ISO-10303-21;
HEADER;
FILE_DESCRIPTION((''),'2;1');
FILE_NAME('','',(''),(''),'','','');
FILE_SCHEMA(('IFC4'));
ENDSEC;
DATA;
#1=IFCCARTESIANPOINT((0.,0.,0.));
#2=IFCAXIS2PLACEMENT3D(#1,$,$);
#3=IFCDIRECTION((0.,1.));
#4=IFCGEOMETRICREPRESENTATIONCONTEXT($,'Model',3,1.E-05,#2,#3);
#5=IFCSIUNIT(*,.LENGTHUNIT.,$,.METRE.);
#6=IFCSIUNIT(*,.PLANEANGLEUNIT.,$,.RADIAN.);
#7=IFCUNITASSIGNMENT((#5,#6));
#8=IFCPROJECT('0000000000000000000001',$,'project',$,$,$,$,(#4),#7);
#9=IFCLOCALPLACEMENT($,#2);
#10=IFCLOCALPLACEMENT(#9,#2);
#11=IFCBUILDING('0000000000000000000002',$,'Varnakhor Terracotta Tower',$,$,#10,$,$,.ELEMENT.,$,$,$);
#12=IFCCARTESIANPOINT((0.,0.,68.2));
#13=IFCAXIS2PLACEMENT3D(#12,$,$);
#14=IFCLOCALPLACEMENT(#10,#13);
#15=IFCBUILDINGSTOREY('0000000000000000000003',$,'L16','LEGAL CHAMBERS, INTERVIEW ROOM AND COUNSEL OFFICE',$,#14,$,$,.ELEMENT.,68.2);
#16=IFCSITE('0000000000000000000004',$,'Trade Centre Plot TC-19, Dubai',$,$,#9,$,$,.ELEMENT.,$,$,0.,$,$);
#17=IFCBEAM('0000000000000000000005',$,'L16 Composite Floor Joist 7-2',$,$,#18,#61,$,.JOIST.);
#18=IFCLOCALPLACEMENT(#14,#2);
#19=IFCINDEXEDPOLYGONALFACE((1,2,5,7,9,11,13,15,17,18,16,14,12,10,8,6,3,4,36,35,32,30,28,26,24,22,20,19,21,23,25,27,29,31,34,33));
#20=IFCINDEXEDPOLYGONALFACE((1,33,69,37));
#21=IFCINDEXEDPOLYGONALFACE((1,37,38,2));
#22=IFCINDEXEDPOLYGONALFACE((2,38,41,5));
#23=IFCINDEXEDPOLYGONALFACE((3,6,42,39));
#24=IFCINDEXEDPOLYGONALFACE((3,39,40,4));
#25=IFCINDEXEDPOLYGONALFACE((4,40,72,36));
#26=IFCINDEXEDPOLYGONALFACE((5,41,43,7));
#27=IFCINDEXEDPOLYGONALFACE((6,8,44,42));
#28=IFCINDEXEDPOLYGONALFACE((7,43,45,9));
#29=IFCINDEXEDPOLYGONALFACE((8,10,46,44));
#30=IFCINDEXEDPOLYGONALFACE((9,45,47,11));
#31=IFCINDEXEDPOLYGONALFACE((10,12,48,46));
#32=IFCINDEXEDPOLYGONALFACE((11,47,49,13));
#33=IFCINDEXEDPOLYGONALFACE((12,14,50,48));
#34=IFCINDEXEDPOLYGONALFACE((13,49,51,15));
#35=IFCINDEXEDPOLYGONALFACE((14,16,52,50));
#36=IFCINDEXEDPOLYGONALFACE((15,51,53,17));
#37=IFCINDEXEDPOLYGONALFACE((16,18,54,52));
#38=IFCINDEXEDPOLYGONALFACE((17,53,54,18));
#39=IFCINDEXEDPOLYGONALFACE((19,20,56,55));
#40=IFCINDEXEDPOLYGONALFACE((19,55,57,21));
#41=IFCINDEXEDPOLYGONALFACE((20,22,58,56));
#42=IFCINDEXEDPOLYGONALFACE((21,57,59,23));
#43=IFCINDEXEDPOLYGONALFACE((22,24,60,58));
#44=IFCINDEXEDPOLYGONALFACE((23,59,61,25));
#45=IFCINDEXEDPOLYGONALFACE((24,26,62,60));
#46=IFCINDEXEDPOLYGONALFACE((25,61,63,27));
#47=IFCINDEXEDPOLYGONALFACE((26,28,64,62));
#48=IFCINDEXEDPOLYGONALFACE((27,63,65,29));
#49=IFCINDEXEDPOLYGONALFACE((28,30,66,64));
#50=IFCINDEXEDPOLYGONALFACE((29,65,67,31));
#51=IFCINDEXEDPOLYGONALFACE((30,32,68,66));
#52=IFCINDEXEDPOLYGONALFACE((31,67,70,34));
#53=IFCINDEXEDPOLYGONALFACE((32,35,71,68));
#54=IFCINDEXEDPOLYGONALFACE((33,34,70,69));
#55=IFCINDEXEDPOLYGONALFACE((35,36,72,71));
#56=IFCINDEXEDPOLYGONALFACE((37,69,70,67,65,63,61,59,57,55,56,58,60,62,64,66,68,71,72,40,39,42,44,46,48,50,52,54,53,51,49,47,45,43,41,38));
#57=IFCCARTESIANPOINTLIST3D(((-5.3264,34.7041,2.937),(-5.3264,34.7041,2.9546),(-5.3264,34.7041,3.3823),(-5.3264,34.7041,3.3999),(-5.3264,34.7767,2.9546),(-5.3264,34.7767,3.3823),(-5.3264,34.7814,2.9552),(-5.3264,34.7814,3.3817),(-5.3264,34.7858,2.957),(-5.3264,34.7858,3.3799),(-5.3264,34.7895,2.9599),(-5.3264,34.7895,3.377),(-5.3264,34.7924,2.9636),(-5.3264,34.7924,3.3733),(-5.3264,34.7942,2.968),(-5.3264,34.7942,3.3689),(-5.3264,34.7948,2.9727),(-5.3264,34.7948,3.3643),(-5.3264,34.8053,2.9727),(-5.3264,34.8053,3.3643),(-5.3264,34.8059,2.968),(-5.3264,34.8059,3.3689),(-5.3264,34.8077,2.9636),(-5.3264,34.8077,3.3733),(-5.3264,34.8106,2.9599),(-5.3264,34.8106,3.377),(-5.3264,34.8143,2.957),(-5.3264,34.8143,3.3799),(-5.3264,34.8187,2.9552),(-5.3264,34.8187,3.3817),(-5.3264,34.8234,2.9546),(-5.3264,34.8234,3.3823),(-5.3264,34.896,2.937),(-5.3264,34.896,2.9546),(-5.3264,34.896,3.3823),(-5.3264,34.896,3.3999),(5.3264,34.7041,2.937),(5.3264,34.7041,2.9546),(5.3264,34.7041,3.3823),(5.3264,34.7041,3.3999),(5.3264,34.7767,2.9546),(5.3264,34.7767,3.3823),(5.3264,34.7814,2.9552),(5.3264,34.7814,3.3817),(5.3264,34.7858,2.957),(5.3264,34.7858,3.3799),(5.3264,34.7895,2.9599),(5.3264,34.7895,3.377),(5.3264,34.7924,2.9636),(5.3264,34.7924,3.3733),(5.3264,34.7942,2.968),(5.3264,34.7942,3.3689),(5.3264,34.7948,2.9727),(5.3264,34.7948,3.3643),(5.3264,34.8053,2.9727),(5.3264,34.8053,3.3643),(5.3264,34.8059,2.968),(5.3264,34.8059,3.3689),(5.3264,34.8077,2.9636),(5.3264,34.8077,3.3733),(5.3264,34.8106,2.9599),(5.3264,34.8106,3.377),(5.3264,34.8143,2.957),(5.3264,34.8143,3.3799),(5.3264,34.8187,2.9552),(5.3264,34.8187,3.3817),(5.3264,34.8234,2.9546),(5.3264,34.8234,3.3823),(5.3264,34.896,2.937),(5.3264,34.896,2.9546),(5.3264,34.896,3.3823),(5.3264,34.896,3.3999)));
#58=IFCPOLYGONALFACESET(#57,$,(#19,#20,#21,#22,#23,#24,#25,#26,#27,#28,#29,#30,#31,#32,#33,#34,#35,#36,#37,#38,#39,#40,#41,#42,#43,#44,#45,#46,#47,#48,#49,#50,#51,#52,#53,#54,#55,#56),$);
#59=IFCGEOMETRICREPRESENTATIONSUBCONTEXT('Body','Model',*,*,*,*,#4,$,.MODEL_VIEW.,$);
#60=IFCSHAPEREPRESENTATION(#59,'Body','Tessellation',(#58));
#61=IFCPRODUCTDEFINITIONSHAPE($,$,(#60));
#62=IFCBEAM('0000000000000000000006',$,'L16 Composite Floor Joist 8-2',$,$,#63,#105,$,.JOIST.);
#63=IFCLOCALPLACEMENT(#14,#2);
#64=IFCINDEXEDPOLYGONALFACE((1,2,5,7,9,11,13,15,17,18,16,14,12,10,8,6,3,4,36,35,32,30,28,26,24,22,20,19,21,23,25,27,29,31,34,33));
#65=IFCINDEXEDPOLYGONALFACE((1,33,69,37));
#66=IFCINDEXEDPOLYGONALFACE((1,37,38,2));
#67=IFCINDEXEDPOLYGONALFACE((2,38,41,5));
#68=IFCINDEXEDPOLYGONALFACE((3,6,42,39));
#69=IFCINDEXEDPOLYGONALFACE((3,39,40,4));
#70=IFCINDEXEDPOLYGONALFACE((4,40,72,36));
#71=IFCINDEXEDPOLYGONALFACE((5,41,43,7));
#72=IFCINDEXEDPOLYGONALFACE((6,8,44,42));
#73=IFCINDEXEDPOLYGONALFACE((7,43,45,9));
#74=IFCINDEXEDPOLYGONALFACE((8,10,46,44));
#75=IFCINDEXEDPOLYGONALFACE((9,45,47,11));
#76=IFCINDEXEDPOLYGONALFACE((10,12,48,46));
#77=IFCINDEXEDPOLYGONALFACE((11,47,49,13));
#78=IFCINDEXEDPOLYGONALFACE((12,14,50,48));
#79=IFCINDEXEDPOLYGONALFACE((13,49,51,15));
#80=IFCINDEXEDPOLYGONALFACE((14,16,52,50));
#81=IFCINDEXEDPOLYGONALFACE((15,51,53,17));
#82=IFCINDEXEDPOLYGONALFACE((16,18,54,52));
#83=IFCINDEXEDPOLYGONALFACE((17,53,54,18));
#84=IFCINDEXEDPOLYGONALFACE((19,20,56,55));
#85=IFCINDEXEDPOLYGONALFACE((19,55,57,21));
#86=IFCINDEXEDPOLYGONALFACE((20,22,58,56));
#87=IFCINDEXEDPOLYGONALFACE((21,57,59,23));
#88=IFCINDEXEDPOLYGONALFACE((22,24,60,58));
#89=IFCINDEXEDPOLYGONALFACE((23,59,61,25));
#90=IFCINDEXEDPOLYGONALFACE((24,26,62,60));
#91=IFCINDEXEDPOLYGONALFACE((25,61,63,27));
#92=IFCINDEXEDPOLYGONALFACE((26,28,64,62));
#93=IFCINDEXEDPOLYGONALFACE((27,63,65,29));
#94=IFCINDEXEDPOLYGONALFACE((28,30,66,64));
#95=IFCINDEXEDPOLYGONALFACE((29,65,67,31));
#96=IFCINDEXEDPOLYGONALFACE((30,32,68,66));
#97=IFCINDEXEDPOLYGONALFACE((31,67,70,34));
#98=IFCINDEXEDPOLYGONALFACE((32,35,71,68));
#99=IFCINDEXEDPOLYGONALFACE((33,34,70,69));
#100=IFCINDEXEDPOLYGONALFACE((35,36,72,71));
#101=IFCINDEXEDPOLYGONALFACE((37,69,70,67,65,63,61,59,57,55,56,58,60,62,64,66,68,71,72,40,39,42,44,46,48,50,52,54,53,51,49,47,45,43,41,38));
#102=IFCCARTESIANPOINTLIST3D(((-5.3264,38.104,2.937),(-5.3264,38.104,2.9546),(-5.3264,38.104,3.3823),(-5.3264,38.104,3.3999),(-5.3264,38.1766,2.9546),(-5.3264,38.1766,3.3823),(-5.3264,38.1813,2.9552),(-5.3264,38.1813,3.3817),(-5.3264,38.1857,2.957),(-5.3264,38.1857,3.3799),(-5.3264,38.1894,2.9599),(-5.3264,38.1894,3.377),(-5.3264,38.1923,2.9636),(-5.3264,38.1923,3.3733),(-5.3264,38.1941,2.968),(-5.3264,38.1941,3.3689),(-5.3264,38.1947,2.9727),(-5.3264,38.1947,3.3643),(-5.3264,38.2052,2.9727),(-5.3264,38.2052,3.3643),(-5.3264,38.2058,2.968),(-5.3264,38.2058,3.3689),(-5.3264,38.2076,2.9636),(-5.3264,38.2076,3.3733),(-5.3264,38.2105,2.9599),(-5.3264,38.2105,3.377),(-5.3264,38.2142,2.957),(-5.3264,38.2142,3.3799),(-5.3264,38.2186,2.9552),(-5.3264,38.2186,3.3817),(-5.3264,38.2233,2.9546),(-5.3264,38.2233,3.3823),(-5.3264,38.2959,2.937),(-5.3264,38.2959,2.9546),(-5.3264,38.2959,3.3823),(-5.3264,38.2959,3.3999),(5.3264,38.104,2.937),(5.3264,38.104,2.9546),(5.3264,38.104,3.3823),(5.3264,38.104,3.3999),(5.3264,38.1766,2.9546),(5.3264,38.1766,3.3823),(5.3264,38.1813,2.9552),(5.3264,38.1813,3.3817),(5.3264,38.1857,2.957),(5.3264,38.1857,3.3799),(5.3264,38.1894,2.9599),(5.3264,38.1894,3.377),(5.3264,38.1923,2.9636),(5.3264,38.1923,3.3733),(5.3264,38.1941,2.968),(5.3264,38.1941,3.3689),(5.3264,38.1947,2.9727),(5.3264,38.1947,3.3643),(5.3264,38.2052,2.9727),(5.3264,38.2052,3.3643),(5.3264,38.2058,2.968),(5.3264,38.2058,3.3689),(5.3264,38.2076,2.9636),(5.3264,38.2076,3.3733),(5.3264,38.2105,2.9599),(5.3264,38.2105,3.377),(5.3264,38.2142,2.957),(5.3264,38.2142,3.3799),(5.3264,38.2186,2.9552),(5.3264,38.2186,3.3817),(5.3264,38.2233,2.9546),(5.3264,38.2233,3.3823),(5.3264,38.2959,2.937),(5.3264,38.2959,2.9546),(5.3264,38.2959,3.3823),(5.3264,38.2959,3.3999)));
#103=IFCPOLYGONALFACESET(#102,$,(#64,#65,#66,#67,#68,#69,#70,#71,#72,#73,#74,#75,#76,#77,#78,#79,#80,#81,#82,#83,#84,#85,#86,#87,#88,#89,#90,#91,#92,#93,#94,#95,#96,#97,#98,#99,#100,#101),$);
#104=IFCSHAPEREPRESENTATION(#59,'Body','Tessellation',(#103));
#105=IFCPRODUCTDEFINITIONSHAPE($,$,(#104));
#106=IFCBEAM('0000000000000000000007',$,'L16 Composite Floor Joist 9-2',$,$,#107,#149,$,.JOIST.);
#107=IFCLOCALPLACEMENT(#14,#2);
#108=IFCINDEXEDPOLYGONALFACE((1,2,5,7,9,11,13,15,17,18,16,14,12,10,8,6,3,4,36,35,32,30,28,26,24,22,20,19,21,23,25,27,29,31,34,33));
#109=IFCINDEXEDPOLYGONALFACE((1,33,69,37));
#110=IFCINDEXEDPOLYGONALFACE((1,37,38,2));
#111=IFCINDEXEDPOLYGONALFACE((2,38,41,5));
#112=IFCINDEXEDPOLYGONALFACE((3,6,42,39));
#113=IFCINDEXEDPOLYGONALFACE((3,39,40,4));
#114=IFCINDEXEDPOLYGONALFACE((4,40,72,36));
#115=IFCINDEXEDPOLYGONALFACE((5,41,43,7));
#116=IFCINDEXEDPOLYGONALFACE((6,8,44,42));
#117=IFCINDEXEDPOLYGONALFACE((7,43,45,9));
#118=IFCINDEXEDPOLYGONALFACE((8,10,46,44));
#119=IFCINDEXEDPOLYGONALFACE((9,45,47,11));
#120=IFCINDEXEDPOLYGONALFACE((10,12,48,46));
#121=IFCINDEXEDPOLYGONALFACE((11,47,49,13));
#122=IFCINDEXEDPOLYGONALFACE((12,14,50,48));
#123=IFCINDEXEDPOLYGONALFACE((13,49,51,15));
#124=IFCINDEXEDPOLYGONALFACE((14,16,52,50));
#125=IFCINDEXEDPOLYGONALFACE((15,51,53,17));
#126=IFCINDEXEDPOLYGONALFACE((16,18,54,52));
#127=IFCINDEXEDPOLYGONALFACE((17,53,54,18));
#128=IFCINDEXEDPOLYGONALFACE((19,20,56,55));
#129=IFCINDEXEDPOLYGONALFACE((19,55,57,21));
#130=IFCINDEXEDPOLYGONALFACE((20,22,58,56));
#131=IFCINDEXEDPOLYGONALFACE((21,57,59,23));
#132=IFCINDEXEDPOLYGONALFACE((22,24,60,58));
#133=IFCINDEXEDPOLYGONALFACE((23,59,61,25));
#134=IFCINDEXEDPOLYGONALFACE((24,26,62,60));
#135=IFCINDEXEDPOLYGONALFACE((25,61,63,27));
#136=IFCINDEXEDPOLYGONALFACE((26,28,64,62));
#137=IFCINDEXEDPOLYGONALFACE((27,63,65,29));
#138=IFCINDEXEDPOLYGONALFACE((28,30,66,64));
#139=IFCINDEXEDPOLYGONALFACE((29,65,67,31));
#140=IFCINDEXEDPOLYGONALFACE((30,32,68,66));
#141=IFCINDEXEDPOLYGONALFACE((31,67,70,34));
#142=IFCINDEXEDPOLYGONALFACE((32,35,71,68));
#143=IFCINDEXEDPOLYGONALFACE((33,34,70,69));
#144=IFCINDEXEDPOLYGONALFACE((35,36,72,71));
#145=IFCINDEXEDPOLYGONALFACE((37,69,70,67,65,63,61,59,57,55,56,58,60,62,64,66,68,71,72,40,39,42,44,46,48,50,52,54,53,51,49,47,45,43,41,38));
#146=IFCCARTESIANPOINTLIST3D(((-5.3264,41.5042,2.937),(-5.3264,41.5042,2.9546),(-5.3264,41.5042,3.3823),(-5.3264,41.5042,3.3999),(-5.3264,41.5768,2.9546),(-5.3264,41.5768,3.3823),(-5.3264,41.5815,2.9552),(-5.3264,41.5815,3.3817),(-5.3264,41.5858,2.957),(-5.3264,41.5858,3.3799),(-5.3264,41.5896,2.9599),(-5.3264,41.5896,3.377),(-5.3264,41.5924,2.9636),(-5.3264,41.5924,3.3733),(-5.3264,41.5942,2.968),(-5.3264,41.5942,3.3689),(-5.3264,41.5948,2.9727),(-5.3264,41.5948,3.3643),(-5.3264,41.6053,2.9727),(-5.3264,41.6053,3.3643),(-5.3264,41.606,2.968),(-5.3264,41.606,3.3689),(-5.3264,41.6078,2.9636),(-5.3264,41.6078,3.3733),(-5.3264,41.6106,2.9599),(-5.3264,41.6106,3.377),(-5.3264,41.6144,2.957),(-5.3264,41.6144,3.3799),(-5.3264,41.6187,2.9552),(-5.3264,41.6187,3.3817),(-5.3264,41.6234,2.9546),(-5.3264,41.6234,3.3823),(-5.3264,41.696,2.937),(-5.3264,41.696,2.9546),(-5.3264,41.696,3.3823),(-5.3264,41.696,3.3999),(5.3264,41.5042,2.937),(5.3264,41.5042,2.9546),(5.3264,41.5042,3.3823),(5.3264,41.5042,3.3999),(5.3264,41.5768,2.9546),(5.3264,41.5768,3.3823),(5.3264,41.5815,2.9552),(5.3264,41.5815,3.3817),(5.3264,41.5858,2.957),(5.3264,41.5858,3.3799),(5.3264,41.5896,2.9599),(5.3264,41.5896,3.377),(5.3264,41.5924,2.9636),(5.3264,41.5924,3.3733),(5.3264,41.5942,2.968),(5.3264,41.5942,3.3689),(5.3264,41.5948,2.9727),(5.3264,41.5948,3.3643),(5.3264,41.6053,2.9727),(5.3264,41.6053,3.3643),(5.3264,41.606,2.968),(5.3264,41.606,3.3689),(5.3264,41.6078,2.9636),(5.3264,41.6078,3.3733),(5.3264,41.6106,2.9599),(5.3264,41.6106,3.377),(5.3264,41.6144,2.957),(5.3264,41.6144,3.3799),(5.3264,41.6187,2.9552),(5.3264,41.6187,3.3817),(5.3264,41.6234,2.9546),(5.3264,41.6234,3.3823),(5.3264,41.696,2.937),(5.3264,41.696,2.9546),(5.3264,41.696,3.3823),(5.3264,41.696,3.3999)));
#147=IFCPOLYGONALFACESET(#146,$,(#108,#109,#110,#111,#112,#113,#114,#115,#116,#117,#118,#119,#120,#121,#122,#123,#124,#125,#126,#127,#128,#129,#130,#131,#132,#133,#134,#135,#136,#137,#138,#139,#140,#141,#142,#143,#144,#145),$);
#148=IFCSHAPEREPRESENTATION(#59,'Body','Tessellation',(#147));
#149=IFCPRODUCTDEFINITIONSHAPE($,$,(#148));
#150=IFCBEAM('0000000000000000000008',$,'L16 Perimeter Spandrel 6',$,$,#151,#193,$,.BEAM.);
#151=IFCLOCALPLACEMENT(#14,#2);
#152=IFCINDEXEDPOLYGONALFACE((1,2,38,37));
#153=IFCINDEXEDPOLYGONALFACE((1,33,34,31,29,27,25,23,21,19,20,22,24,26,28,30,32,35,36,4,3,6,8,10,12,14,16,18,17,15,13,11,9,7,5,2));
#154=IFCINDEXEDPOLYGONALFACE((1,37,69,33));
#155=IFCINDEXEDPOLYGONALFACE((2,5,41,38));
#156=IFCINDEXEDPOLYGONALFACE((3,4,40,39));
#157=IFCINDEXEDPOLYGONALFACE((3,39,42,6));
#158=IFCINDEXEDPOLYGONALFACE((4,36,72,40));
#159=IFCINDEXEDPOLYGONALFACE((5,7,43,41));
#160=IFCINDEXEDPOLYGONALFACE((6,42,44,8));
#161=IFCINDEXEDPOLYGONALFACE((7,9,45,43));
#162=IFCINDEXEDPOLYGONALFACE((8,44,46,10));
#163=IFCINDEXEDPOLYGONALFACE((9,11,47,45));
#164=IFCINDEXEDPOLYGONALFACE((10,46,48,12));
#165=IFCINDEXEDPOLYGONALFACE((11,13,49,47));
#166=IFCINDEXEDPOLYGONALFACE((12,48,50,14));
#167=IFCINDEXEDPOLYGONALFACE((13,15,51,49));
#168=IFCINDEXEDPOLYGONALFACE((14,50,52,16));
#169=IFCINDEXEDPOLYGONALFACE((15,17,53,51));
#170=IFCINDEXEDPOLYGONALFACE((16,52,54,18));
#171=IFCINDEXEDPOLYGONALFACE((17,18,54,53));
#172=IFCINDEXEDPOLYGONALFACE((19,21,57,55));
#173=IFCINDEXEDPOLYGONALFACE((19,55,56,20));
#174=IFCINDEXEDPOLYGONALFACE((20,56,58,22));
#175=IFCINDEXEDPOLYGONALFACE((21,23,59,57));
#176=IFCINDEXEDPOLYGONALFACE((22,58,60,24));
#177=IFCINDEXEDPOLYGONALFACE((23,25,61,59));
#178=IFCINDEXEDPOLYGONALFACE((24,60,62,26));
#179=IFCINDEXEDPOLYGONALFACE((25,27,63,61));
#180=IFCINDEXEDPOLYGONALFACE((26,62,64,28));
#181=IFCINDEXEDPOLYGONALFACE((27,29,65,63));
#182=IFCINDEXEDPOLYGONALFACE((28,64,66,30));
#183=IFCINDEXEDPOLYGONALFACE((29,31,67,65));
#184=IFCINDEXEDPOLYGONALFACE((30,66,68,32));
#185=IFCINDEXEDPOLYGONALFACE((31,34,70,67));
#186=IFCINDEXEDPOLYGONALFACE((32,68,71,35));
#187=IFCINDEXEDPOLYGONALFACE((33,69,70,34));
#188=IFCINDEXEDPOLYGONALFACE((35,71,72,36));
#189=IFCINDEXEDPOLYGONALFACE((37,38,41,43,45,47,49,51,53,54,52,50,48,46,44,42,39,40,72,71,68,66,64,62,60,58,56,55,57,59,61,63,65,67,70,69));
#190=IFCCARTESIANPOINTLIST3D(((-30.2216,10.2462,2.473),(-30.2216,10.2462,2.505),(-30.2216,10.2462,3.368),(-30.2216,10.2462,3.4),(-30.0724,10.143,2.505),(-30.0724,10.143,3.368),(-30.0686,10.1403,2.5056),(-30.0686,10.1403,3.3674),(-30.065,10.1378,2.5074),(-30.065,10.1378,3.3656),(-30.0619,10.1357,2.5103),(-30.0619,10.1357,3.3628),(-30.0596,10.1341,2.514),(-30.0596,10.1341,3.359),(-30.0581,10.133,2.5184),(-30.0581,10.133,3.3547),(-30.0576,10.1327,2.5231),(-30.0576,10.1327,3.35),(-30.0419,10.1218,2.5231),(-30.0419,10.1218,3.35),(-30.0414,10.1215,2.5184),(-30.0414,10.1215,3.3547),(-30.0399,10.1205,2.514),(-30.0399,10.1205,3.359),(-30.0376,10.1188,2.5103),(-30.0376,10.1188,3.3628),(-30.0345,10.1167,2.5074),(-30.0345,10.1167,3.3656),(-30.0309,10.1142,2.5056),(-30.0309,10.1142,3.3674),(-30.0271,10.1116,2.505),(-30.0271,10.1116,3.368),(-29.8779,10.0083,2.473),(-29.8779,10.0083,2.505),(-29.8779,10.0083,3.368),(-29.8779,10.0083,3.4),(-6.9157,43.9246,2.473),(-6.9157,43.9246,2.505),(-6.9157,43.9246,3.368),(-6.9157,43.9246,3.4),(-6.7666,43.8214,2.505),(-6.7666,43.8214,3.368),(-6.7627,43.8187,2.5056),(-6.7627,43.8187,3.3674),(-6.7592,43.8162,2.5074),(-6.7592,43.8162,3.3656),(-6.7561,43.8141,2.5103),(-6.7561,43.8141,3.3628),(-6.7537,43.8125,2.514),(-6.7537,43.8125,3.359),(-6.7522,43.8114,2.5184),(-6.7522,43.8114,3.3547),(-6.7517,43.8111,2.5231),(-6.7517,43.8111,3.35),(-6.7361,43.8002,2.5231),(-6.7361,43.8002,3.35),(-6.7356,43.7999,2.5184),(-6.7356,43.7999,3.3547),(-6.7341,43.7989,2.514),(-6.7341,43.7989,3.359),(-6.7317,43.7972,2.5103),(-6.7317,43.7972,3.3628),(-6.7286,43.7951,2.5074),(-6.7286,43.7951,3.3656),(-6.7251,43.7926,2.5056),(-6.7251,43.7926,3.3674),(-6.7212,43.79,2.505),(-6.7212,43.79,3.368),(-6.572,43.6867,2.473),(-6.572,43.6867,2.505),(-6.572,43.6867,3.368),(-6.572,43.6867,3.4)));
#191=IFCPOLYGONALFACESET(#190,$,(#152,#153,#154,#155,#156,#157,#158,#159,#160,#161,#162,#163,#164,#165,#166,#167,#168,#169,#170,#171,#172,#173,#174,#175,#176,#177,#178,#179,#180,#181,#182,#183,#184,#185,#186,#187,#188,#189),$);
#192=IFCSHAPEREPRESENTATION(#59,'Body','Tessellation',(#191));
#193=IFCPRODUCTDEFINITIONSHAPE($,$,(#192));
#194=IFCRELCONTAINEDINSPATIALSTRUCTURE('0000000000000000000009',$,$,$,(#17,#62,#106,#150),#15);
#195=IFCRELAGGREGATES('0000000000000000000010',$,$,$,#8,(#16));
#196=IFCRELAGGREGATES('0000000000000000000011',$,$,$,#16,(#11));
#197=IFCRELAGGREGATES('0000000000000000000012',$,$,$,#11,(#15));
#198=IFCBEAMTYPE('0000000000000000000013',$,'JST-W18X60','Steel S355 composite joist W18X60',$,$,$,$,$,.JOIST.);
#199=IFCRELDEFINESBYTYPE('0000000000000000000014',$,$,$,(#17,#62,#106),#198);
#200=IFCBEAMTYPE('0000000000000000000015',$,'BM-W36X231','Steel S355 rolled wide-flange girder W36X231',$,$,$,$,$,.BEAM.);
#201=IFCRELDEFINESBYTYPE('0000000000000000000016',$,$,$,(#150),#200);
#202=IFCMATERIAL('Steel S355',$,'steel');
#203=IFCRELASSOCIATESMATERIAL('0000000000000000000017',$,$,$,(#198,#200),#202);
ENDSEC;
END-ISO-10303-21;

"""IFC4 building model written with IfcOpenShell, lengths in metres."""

from ifc_helpers import new_model, si_unit, direction, frame, origin, origin_2d, place, context, subcontext, project, spatial, i_section, extrude, source, transform, mapped, material, material_profile, profile_set, type_object, element, save


model = new_model("IFC4")

# Units and contexts
model_context = context("Model", 3, precision=1e-05, world=origin(), true_north=direction((0.0, 1.0)))
body_context = subcontext(model_context, "Body", "Model", "MODEL_VIEW")
ifc_project = project(units=[si_unit("LENGTHUNIT", "METRE"), si_unit("PLANEANGLEUNIT", "RADIAN")], contexts=[model_context])

# Site, building, storey
site_placement = place(None, origin())
site = spatial("IfcSite", under=ifc_project, at=site_placement, Name="Trade Centre Plot TC-19, Dubai", CompositionType="ELEMENT", RefElevation=0.0)
building_placement = place(site_placement, origin())
building = spatial("IfcBuilding", under=site, at=building_placement, Name="Varnakhor Terracotta Tower", CompositionType="ELEMENT")
storey_placement = place(building_placement, frame((0.0, 0.0, 68.2)))
storey = spatial("IfcBuildingStorey", under=building, at=storey_placement, Name="L16", Description="LEGAL CHAMBERS, INTERVIEW ROOM AND COUNSEL OFFICE", CompositionType="ELEMENT", Elevation=68.2)

# Beams
ifc_material_1 = material(Name="Steel S355", Category="steel")
ifc_material_profile_1 = material_profile(ifc_material_1, i_section(OverallWidth=0.1919, OverallDepth=0.4629, WebThickness=0.0105, FlangeThickness=0.0176, FilletRadius=0.0181, at=origin_2d()), Name="W18X60")
ifc_profile_set_1 = profile_set([ifc_material_profile_1], Name="Steel S355")
beam_type_1 = type_object("IfcBeamType", Name="JST-W18X60", Description="Steel S355 composite joist W18X60", PredefinedType="JOIST", material=ifc_profile_set_1)
shared_shape_1 = source(origin(), body_context, "Body", "SweptSolid", [
    extrude(i_section(OverallWidth=0.1919, OverallDepth=0.4629, WebThickness=0.0105, FlangeThickness=0.0176, FilletRadius=0.0181, at=origin_2d()), origin(), (0.0, 0.0, 1.0), 10.6528),
])
for number, where, z_axis, x_axis, name in (
    (1, (-5.3264, 34.8, 3.1685), (1.0, 0.0, 0.0), (0.0, 1.0, 0.0), "L16 Composite Floor Joist 7-2"),
    (2, (-5.3264, 38.2, 3.1685), (1.0, 0.0, 0.0), (0.0, 1.0, 0.0), "L16 Composite Floor Joist 8-2"),
    (3, (-5.3264, 41.6001, 3.1685), (1.0, 0.0, 0.0), (0.0, 1.0, 0.0), "L16 Composite Floor Joist 9-2"),
):
    element("IfcBeam", number, at=place(storey_placement, frame(where, z_axis=z_axis, x_axis=x_axis)), inside=storey, type_object=beam_type_1, Name=name, PredefinedType="JOIST", context=body_context, shape_type="MappedRepresentation", body=[
        mapped(shared_shape_1, transform((0.0, 0.0, 0.0), scale=1.0)),
    ])
ifc_material_profile_2 = material_profile(ifc_material_1, i_section(OverallWidth=0.418, OverallDepth=0.927, WebThickness=0.019, FlangeThickness=0.032, FilletRadius=0.0181, at=origin_2d()), Name="W36X231")
ifc_profile_set_2 = profile_set([ifc_material_profile_2], Name="Steel S355")
beam_type_2 = type_object("IfcBeamType", Name="BM-W36X231", Description="Steel S355 rolled wide-flange girder W36X231", PredefinedType="BEAM", material=ifc_profile_set_2)
shared_shape_2 = source(origin(), body_context, "Body", "SweptSolid", [
    extrude(i_section(OverallWidth=0.418, OverallDepth=0.927, WebThickness=0.019, FlangeThickness=0.032, FilletRadius=0.0181, at=origin_2d()), origin(), (0.0, 0.0, 1.0), 40.9561),
])
beam_1_placement = place(storey_placement, frame((-6.7439, 43.8057, 2.9365), z_axis=(-0.569046, -0.822306, 0.0), x_axis=(0.822306, -0.569046, 0.0)))
element("IfcBeam", 4, at=beam_1_placement, inside=storey, type_object=beam_type_2, Name="L16 Perimeter Spandrel 6", PredefinedType="BEAM", context=body_context, shape_type="MappedRepresentation", body=[
    mapped(shared_shape_2, transform((0.0, 0.0, 0.0), scale=1.0)),
])

save(model, "model.ifc")
